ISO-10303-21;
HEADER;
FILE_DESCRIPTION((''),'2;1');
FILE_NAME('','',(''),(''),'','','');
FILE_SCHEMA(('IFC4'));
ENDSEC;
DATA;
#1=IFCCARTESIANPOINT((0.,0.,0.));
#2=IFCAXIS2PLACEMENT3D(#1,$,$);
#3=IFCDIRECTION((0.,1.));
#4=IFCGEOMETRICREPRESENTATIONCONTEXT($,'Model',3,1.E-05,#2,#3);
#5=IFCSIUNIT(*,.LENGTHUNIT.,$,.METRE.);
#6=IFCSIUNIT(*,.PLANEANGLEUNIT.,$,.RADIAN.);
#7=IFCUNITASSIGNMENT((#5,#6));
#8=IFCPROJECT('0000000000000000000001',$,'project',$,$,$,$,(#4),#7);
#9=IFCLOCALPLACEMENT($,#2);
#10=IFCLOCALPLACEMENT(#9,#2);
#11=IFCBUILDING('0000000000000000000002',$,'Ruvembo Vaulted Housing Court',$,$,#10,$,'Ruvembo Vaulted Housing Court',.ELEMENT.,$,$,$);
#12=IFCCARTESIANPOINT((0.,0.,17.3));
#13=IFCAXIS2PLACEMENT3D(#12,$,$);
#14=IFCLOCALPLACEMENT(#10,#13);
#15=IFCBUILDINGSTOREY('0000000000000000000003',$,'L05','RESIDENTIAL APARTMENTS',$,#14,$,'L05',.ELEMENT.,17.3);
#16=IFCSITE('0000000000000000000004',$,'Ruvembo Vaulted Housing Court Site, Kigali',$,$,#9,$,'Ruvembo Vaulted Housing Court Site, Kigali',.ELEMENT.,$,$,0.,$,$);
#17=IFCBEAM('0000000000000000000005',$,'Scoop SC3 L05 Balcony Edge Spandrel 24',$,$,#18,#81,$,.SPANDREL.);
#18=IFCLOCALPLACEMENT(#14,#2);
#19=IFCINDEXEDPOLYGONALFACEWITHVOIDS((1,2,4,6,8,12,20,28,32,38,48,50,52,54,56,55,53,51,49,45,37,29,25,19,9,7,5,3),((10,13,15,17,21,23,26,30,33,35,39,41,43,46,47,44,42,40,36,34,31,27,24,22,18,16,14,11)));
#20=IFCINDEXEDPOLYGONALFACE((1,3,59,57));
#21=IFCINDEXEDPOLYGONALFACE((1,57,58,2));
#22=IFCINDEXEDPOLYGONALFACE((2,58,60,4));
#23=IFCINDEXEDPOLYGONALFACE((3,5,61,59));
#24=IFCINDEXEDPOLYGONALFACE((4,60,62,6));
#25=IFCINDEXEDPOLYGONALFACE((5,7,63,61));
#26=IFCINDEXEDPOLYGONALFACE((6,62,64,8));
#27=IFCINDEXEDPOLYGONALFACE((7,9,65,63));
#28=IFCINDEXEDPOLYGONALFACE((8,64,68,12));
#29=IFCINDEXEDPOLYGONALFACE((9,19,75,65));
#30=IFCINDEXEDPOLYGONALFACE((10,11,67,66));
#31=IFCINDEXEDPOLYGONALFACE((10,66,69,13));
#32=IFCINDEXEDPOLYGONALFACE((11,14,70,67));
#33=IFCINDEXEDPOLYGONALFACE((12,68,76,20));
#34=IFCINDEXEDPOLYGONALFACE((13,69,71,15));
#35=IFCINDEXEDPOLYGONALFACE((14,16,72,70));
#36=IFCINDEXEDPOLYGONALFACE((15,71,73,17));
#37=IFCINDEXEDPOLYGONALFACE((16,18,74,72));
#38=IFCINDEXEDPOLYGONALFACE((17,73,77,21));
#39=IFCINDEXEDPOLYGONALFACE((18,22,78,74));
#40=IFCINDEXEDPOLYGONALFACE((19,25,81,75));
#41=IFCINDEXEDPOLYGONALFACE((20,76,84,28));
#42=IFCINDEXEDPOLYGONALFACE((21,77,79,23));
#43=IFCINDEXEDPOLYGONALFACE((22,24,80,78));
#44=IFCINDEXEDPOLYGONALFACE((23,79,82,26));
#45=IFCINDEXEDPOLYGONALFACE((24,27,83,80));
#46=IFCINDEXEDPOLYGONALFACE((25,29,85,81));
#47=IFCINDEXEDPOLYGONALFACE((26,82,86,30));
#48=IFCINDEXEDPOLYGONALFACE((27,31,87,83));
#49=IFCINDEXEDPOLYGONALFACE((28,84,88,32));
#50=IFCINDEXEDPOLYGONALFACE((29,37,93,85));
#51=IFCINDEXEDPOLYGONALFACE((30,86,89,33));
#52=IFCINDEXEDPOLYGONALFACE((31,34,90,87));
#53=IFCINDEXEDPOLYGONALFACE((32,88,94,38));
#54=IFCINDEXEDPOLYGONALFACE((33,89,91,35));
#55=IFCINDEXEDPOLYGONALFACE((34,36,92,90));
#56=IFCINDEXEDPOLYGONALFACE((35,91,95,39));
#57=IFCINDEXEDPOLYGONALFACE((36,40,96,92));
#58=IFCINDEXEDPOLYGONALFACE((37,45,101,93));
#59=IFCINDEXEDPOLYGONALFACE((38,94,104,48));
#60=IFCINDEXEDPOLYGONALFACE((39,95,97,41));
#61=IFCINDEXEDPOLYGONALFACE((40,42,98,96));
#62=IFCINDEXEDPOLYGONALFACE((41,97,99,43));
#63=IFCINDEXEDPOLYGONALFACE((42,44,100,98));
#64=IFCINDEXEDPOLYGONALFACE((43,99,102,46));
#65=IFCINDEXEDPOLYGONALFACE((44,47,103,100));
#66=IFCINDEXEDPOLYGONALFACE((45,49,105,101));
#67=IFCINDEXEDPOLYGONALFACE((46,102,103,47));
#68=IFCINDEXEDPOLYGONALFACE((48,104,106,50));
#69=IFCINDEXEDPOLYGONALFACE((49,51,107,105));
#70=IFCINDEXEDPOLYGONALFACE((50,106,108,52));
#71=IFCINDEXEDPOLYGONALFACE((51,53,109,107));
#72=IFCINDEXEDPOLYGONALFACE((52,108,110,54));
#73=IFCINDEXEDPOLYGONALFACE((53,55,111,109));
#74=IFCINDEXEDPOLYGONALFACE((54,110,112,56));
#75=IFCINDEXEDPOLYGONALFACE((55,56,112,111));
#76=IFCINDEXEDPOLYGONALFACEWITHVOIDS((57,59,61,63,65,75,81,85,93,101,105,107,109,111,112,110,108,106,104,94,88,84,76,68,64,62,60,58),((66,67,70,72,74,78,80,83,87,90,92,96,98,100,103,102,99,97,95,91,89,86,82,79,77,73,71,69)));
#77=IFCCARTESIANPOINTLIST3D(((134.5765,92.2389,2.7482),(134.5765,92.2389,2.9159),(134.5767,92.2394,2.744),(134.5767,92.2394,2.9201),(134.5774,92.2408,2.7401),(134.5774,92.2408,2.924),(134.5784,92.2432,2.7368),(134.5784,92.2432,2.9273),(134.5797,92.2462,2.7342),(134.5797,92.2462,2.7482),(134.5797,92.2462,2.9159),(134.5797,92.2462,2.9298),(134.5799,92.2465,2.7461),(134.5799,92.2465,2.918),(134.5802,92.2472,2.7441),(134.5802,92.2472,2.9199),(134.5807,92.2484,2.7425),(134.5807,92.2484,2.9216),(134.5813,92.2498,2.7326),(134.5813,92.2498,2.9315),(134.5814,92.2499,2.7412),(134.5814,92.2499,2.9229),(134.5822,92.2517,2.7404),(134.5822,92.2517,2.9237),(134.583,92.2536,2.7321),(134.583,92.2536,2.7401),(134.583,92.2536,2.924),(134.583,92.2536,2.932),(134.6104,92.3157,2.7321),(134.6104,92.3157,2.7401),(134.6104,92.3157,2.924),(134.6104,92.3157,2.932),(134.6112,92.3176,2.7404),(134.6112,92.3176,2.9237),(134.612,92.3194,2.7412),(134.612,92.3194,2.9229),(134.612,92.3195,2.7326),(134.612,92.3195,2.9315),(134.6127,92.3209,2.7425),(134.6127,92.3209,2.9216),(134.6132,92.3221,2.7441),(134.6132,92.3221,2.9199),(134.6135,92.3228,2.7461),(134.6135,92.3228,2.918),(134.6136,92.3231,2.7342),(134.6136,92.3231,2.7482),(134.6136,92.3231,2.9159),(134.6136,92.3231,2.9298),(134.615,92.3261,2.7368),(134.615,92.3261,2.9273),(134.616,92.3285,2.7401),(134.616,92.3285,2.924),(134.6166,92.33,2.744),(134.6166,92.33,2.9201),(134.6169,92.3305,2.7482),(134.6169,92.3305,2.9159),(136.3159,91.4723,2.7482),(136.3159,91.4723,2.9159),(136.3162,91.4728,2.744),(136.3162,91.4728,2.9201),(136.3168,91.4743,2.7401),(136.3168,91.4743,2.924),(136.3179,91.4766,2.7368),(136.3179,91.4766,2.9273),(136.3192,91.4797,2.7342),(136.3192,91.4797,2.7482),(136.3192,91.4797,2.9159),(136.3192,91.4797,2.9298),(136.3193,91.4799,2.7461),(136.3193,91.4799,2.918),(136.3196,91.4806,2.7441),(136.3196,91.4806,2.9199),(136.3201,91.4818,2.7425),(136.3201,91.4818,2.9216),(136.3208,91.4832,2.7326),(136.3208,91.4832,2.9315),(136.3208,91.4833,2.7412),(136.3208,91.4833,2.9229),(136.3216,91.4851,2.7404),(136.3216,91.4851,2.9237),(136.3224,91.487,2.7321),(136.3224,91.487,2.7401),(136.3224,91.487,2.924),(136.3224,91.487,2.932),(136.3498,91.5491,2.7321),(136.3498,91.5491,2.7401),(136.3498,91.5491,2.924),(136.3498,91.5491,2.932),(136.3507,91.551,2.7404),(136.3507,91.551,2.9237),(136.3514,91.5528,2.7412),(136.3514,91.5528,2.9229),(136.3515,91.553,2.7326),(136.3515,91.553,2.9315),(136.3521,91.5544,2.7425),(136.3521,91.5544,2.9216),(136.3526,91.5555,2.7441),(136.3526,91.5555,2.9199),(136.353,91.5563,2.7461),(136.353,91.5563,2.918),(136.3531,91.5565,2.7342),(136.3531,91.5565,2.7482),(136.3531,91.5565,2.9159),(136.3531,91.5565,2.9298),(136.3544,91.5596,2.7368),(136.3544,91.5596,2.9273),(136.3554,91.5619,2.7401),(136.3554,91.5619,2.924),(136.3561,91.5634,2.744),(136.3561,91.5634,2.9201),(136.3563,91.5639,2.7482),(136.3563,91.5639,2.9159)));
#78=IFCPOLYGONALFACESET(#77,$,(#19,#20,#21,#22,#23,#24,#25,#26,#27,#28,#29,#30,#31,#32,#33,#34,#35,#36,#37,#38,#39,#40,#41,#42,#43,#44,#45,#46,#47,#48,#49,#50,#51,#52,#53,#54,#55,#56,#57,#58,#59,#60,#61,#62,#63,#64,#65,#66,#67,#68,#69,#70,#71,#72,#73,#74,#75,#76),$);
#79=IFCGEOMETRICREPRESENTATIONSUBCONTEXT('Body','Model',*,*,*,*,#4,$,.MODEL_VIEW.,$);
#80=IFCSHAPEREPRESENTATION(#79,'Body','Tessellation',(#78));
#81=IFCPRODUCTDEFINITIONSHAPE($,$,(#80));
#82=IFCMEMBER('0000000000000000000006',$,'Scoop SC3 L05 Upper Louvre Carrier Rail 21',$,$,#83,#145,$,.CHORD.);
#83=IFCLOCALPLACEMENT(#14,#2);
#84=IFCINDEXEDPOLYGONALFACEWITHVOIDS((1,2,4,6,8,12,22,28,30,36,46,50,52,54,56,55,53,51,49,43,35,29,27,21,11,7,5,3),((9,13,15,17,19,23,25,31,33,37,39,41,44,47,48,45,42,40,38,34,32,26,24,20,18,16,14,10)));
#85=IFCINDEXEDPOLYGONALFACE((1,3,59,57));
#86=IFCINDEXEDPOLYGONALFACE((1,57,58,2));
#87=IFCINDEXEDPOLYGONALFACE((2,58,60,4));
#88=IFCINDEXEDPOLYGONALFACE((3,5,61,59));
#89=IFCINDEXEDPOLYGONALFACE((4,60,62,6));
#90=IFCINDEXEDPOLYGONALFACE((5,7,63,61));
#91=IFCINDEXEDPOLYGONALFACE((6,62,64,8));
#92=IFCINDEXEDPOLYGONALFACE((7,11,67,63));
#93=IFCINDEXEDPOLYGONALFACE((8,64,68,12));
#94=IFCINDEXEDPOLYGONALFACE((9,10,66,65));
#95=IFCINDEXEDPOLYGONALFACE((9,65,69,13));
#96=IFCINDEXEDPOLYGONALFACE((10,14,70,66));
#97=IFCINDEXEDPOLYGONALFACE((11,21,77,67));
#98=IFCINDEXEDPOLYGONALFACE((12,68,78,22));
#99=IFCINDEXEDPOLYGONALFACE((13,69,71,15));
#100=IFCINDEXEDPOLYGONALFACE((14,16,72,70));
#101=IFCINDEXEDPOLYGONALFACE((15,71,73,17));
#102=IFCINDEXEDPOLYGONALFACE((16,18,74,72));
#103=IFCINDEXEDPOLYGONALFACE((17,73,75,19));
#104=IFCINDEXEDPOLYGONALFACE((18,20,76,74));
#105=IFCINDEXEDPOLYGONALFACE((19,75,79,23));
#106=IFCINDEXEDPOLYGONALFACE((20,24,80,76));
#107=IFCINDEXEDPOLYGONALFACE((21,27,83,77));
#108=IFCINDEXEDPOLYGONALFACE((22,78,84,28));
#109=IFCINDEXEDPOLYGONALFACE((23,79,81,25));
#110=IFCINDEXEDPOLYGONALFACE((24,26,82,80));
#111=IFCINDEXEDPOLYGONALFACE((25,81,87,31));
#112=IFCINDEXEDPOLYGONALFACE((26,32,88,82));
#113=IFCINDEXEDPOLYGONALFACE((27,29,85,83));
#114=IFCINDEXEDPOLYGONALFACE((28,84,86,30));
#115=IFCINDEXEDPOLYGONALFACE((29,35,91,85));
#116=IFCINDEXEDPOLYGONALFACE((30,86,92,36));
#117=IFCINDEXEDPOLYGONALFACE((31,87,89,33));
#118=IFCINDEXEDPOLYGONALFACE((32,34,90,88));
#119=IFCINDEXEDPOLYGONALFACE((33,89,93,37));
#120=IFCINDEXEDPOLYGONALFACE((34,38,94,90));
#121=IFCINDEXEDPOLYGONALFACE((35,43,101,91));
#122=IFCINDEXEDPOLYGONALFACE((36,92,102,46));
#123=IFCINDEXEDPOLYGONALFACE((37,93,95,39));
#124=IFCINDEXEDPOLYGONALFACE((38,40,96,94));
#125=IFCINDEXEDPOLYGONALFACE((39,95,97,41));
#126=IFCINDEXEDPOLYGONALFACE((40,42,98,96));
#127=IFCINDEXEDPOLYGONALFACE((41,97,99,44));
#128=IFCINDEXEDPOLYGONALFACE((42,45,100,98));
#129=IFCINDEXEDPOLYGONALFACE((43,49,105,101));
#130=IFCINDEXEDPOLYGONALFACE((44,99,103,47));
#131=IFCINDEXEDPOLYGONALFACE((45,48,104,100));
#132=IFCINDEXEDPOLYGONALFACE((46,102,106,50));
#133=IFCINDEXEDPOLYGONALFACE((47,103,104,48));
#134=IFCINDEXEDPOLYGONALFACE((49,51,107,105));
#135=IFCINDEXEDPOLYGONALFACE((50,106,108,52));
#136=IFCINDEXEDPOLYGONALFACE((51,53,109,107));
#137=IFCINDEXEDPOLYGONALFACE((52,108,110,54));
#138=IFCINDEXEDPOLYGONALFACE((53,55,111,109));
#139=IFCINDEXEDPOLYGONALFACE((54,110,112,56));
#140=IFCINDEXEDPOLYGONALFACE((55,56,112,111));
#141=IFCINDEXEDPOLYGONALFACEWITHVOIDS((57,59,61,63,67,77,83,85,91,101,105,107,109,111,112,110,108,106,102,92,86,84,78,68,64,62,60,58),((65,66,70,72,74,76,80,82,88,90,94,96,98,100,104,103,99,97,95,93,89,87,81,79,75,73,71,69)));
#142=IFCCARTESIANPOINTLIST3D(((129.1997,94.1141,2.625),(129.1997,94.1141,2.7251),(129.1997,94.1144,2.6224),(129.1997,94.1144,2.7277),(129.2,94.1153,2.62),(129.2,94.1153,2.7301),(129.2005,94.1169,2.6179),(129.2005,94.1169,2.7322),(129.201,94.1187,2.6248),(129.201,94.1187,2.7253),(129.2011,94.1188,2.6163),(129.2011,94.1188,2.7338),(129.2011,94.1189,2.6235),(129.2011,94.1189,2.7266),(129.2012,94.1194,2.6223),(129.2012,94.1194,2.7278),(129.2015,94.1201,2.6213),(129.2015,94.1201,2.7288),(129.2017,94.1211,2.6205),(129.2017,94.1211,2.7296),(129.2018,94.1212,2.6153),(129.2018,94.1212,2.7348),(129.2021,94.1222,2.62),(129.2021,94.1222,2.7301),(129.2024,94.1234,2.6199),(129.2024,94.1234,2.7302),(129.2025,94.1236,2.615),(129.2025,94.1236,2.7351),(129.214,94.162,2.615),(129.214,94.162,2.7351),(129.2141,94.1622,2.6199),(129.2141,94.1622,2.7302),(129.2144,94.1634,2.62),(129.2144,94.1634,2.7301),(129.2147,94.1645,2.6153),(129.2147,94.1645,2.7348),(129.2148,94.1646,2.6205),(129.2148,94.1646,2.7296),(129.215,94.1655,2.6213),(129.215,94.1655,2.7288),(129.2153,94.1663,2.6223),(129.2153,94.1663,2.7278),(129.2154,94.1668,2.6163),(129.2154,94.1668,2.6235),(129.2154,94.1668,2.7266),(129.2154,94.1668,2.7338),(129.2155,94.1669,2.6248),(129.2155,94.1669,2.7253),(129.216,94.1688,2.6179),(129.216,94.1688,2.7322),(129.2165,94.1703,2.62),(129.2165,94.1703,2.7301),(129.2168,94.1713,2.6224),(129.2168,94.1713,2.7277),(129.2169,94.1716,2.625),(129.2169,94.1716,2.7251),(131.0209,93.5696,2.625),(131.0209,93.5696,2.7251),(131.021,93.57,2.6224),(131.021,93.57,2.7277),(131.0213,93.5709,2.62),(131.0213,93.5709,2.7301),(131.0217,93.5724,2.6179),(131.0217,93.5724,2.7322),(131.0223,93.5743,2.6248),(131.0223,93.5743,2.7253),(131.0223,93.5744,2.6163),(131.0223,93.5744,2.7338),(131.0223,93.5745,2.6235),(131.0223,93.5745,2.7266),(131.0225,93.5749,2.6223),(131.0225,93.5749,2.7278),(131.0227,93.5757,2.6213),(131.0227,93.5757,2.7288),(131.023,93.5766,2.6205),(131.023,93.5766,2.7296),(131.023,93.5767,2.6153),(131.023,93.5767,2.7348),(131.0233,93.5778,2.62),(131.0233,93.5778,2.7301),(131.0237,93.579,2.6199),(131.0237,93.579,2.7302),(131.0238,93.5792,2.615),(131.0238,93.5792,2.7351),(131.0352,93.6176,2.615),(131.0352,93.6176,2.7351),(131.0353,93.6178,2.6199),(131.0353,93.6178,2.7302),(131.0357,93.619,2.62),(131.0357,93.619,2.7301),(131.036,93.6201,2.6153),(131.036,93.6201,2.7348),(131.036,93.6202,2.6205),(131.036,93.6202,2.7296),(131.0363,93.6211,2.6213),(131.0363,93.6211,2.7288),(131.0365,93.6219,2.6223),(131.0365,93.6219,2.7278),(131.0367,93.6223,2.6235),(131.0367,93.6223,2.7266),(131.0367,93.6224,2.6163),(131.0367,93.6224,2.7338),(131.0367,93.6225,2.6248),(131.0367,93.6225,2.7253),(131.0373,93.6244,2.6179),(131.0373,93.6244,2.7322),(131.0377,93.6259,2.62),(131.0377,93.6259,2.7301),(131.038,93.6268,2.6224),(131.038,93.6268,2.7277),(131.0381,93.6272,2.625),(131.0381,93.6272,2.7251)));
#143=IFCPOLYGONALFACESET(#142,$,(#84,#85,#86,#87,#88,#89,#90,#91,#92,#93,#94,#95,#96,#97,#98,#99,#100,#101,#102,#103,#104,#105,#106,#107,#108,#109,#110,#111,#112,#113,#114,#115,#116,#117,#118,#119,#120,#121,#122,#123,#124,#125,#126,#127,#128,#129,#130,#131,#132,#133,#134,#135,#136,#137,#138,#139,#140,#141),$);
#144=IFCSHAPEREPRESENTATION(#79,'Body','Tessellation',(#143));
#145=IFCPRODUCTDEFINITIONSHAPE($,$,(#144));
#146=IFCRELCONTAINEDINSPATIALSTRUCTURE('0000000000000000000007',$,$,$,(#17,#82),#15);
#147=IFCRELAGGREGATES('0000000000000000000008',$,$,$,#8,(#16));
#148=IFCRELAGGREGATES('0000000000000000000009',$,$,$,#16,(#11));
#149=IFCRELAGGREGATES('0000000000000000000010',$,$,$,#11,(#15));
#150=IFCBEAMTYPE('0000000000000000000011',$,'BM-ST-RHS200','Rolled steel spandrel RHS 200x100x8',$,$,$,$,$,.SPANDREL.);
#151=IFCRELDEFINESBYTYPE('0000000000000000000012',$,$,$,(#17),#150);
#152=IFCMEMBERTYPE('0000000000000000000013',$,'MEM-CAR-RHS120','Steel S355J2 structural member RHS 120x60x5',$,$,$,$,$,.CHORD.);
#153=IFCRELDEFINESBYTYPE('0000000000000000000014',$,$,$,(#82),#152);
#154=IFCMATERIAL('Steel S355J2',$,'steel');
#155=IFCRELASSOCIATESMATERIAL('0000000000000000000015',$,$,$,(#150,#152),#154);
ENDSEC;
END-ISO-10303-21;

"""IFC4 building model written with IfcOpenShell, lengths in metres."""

from ifc_helpers import new_model, si_unit, direction, frame, origin, origin_2d, place, context, subcontext, project, spatial, hollow_rectangle, extrude, material, material_profile, profile_set, type_object, element, save


model = new_model("IFC4")

# Units and contexts
model_context = context("Model", 3, precision=1e-05, world=origin(), true_north=direction((0.0, 1.0)))
body_context = subcontext(model_context, "Body", "Model", "MODEL_VIEW")
ifc_project = project(units=[si_unit("LENGTHUNIT", "METRE"), si_unit("PLANEANGLEUNIT", "RADIAN")], contexts=[model_context])

# Site, building, storey
site_placement = place(None, origin())
site = spatial("IfcSite", under=ifc_project, at=site_placement, Name="Ruvembo Vaulted Housing Court Site, Kigali", LongName="Ruvembo Vaulted Housing Court Site, Kigali", CompositionType="ELEMENT", RefElevation=0.0)
building_placement = place(site_placement, origin())
building = spatial("IfcBuilding", under=site, at=building_placement, Name="Ruvembo Vaulted Housing Court", LongName="Ruvembo Vaulted Housing Court", CompositionType="ELEMENT")
storey_placement = place(building_placement, frame((0.0, 0.0, 17.3)))
storey = spatial("IfcBuildingStorey", under=building, at=storey_placement, Name="L05", Description="RESIDENTIAL APARTMENTS", LongName="L05", CompositionType="ELEMENT", Elevation=17.3)

# Beam
ifc_material_1 = material(Name="Steel S355J2", Category="steel")
ifc_material_profile_1 = material_profile(ifc_material_1, hollow_rectangle(XDim=0.1001, YDim=0.2, WallThickness=0.0081, InnerFilletRadius=0.0081, OuterFilletRadius=0.0161, at=origin_2d()), Name="RHS 200x100x8")
ifc_profile_set_1 = profile_set([ifc_material_profile_1], Name="Steel S355J2")
beam_type = type_object("IfcBeamType", Name="BM-ST-RHS200", Description="Rolled steel spandrel RHS 200x100x8", PredefinedType="SPANDREL", material=ifc_profile_set_1)
for number, where, z_axis, x_axis, name in (
    (1, (134.5967, 92.2847, 2.832), (0.915078, -0.403277, 0.0), (0.403277, 0.915078, 0.0), "Scoop SC3 L05 Balcony Edge Spandrel 24"),
):
    element("IfcBeam", number, at=place(storey_placement, frame(where, z_axis=z_axis, x_axis=x_axis)), inside=storey, type_object=beam_type, Name=name, PredefinedType="SPANDREL", context=body_context, shape_type="SweptSolid", body=[
        extrude(hollow_rectangle(XDim=0.1001, YDim=0.2, WallThickness=0.0081, InnerFilletRadius=0.0081, OuterFilletRadius=0.0161, at=origin_2d()), origin(), (0.0, 0.0, 1.0), 1.9009),
    ])

# Member
ifc_material_profile_2 = material_profile(ifc_material_1, hollow_rectangle(XDim=0.0601, YDim=0.1201, WallThickness=0.0049, InnerFilletRadius=0.0049, OuterFilletRadius=0.01, at=origin_2d()), Name="RHS 120x60x5")
ifc_profile_set_2 = profile_set([ifc_material_profile_2], Name="Steel S355J2")
member_type_1 = type_object("IfcMemberType", Name="MEM-CAR-RHS120", Description="Steel S355J2 structural member RHS 120x60x5", PredefinedType="CHORD", material=ifc_profile_set_2)
member_1_placement = place(storey_placement, frame((129.2083, 94.1428, 2.675), z_axis=(0.958109, -0.286405, 0.0), x_axis=(0.286405, 0.958109, 0.0)))
element("IfcMember", 2, at=member_1_placement, inside=storey, type_object=member_type_1, Name="Scoop SC3 L05 Upper Louvre Carrier Rail 21", PredefinedType="CHORD", context=body_context, shape_type="SweptSolid", body=[
    extrude(hollow_rectangle(XDim=0.0601, YDim=0.1201, WallThickness=0.0049, InnerFilletRadius=0.0049, OuterFilletRadius=0.01, at=origin_2d()), origin(), (0.0, 0.0, 1.0), 1.9009),
])

save(model, "model.ifc")
